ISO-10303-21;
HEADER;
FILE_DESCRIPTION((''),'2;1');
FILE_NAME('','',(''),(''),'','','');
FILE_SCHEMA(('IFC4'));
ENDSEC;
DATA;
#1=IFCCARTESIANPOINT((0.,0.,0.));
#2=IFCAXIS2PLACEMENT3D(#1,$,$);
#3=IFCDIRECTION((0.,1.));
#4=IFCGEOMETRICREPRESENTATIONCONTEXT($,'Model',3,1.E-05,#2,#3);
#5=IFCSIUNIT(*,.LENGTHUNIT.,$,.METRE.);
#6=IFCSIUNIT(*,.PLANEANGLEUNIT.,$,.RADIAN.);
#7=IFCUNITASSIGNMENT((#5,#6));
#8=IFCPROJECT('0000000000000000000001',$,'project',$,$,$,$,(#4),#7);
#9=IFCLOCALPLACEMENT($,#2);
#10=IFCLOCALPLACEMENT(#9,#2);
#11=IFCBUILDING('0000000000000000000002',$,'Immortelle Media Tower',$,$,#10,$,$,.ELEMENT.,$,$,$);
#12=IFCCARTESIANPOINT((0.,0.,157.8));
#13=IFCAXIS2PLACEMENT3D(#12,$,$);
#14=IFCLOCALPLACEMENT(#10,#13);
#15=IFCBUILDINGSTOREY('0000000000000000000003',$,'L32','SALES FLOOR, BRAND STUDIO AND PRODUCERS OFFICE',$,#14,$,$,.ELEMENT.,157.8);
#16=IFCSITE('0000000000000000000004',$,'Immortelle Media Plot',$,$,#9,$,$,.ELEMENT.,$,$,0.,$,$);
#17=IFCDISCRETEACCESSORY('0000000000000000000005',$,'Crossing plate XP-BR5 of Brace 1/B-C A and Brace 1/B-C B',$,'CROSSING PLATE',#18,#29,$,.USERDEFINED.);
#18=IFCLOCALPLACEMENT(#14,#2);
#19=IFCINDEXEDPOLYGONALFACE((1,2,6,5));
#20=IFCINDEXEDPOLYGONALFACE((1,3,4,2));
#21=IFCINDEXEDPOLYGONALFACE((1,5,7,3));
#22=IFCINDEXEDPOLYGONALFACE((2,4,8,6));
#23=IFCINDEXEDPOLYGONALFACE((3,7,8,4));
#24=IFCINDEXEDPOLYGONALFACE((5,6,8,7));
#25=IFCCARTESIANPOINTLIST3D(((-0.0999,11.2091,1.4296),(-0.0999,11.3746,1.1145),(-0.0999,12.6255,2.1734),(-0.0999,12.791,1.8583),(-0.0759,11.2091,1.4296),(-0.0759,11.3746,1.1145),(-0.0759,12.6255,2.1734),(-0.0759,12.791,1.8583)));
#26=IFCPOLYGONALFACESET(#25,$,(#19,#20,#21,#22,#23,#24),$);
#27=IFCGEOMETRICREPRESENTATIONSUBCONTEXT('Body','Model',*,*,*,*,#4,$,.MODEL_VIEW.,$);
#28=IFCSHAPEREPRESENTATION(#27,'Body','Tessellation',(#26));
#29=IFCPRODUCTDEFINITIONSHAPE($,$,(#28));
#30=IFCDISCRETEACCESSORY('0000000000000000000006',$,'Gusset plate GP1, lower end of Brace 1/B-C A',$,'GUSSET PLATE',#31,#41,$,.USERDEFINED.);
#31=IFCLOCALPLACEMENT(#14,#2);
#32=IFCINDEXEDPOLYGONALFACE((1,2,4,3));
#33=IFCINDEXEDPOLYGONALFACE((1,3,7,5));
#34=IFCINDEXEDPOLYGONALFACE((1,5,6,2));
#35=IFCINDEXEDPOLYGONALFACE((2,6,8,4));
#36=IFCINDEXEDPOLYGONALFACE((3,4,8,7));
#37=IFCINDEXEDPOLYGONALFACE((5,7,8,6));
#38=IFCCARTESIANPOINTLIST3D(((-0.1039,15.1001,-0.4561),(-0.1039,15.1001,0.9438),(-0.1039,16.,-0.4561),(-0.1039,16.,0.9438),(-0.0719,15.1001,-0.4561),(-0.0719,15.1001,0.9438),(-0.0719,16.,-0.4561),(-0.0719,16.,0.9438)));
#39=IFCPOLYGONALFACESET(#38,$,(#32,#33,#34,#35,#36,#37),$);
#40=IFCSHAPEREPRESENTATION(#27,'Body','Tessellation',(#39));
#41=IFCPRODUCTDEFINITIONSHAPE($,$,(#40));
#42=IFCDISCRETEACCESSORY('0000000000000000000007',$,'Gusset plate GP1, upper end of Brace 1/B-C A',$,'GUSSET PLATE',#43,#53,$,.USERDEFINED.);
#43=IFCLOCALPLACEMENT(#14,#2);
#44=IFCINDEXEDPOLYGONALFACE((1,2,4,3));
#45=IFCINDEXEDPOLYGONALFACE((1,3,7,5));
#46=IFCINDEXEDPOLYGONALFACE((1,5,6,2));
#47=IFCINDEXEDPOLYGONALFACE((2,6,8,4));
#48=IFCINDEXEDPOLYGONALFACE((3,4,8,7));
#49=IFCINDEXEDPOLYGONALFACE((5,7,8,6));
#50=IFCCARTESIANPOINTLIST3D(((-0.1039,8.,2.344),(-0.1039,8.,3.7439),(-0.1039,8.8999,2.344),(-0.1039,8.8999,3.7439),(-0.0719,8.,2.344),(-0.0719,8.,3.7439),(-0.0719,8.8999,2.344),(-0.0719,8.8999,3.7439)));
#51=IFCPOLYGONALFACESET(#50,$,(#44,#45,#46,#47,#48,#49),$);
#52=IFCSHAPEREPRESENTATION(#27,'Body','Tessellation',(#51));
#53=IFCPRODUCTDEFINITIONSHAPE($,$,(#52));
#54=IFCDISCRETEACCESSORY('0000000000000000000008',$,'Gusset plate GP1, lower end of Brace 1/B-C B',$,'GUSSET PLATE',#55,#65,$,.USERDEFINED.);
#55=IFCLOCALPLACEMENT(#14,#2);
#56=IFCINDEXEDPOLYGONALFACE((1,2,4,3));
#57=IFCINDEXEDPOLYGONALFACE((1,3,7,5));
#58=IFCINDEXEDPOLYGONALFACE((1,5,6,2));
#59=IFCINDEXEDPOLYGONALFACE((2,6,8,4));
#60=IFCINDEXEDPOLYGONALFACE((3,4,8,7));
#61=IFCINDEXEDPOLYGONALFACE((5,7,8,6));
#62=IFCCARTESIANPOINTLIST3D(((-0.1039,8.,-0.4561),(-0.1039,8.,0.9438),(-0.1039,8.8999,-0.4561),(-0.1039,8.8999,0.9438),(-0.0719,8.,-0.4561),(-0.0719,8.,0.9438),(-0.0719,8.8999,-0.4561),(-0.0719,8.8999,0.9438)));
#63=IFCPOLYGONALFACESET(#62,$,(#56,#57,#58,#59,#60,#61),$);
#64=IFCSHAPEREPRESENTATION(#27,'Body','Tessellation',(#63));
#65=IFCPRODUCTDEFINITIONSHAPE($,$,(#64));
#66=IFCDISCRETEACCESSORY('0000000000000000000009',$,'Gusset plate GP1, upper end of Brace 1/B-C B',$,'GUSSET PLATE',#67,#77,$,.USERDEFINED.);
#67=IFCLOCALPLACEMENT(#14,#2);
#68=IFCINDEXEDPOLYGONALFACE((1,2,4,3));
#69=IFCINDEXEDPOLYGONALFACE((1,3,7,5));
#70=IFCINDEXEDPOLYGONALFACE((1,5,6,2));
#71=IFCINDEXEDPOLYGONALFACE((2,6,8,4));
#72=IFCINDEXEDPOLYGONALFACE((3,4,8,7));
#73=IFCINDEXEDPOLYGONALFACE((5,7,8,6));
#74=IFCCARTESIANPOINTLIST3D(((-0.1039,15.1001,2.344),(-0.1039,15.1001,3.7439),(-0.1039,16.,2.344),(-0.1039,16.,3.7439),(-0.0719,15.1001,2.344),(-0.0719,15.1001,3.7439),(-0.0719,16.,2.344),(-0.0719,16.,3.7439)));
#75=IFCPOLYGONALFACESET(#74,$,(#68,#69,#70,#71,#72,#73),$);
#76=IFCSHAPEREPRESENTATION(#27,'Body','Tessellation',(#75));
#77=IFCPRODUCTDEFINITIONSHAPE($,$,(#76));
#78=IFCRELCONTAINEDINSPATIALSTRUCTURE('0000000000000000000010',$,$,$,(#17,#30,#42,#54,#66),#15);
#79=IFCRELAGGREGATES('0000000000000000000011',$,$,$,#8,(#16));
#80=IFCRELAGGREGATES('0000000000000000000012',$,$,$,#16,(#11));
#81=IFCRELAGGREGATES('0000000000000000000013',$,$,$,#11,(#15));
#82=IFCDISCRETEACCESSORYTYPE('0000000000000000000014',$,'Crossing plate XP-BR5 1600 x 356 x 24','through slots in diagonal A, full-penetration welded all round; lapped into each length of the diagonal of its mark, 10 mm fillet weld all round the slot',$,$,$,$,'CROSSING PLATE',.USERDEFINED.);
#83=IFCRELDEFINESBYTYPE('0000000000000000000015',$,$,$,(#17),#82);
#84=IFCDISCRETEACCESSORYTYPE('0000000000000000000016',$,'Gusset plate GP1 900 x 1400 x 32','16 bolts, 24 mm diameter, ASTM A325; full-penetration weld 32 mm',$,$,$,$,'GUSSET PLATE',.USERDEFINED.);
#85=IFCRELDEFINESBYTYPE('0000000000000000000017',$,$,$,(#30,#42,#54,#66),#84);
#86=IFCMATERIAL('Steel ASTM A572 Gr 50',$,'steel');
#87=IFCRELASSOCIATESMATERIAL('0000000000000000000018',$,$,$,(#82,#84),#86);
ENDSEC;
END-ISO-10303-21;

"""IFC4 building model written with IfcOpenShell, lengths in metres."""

from ifc_helpers import new_model, si_unit, direction, frame, origin, origin_2d, place, context, subcontext, project, spatial, rectangle, extrude, material, material_profile, profile_set, type_object, element, save


model = new_model("IFC4")

# Units and contexts
model_context = context("Model", 3, precision=1e-05, world=origin(), true_north=direction((0.0, 1.0)))
body_context = subcontext(model_context, "Body", "Model", "MODEL_VIEW")
ifc_project = project(units=[si_unit("LENGTHUNIT", "METRE"), si_unit("PLANEANGLEUNIT", "RADIAN")], contexts=[model_context])

# Site, building, storey
site_placement = place(None, origin())
site = spatial("IfcSite", under=ifc_project, at=site_placement, Name="Immortelle Media Plot", CompositionType="ELEMENT", RefElevation=0.0)
building_placement = place(site_placement, origin())
building = spatial("IfcBuilding", under=site, at=building_placement, Name="Immortelle Media Tower", CompositionType="ELEMENT")
storey_placement = place(building_placement, frame((0.0, 0.0, 157.8)))
storey = spatial("IfcBuildingStorey", under=building, at=storey_placement, Name="L32", Description="SALES FLOOR, BRAND STUDIO AND PRODUCERS OFFICE", CompositionType="ELEMENT", Elevation=157.8)

# Discrete accessories
ifc_material_1 = material(Name="Steel ASTM A572 Gr 50", Category="steel")
ifc_material_profile_1 = material_profile(ifc_material_1, rectangle(XDim=0.0239, YDim=0.356, at=origin_2d()), Name="PL 24 x 356")
ifc_profile_set_1 = profile_set([ifc_material_profile_1], Name="Steel ASTM A572 Gr 50")
discrete_accessory_type_1 = type_object("IfcDiscreteAccessoryType", Name="Crossing plate XP-BR5 1600 x 356 x 24", Description="through slots in diagonal A, full-penetration welded all round; lapped into each length of the diagonal of its mark, 10 mm fillet weld all round the slot", ElementType="CROSSING PLATE", PredefinedType="USERDEFINED", material=ifc_profile_set_1)
discrete_accessory_placement = place(storey_placement, frame((-0.0879, 12.7083, 2.0159), z_axis=(0.0, -0.885338, -0.464948), x_axis=(1.0, 0.0, 0.0)))
element("IfcDiscreteAccessory", 1, at=discrete_accessory_placement, inside=storey, type_object=discrete_accessory_type_1, Name="Crossing plate XP-BR5 of Brace 1/B-C A and Brace 1/B-C B", ObjectType="CROSSING PLATE", PredefinedType="USERDEFINED", context=body_context, shape_type="SweptSolid", body=[
    extrude(rectangle(XDim=0.0239, YDim=0.356, at=origin_2d()), origin(), (0.0, 0.0, 1.0), 1.5999),
])
ifc_material_profile_2 = material_profile(ifc_material_1, rectangle(XDim=0.032, YDim=1.3999, at=origin_2d()), Name="PL 32 x 1400")
ifc_profile_set_2 = profile_set([ifc_material_profile_2], Name="Steel ASTM A572 Gr 50")
discrete_accessory_type_2 = type_object("IfcDiscreteAccessoryType", Name="Gusset plate GP1 900 x 1400 x 32", Description="16 bolts, 24 mm diameter, ASTM A325; full-penetration weld 32 mm", ElementType="GUSSET PLATE", PredefinedType="USERDEFINED", material=ifc_profile_set_2)
for number, where, z_axis, x_axis, name in (
    (2, (-0.0879, 16.0, 0.2439), (0.0, -1.0, 0.0), (1.0, 0.0, 0.0), "Gusset plate GP1, lower end of Brace 1/B-C A"),
    (3, (-0.0879, 8.0, 3.0439), (0.0, 1.0, 0.0), (-1.0, 0.0, 0.0), "Gusset plate GP1, upper end of Brace 1/B-C A"),
    (4, (-0.0879, 8.0, 0.2439), (0.0, 1.0, 0.0), (-1.0, 0.0, 0.0), "Gusset plate GP1, lower end of Brace 1/B-C B"),
    (5, (-0.0879, 16.0, 3.0439), (0.0, -1.0, 0.0), (1.0, 0.0, 0.0), "Gusset plate GP1, upper end of Brace 1/B-C B"),
):
    element("IfcDiscreteAccessory", number, at=place(storey_placement, frame(where, z_axis=z_axis, x_axis=x_axis)), inside=storey, type_object=discrete_accessory_type_2, Name=name, ObjectType="GUSSET PLATE", PredefinedType="USERDEFINED", context=body_context, shape_type="SweptSolid", body=[
        extrude(rectangle(XDim=0.032, YDim=1.3999, at=origin_2d()), origin(), (0.0, 0.0, 1.0), 0.8999),
    ])

save(model, "model.ifc")
